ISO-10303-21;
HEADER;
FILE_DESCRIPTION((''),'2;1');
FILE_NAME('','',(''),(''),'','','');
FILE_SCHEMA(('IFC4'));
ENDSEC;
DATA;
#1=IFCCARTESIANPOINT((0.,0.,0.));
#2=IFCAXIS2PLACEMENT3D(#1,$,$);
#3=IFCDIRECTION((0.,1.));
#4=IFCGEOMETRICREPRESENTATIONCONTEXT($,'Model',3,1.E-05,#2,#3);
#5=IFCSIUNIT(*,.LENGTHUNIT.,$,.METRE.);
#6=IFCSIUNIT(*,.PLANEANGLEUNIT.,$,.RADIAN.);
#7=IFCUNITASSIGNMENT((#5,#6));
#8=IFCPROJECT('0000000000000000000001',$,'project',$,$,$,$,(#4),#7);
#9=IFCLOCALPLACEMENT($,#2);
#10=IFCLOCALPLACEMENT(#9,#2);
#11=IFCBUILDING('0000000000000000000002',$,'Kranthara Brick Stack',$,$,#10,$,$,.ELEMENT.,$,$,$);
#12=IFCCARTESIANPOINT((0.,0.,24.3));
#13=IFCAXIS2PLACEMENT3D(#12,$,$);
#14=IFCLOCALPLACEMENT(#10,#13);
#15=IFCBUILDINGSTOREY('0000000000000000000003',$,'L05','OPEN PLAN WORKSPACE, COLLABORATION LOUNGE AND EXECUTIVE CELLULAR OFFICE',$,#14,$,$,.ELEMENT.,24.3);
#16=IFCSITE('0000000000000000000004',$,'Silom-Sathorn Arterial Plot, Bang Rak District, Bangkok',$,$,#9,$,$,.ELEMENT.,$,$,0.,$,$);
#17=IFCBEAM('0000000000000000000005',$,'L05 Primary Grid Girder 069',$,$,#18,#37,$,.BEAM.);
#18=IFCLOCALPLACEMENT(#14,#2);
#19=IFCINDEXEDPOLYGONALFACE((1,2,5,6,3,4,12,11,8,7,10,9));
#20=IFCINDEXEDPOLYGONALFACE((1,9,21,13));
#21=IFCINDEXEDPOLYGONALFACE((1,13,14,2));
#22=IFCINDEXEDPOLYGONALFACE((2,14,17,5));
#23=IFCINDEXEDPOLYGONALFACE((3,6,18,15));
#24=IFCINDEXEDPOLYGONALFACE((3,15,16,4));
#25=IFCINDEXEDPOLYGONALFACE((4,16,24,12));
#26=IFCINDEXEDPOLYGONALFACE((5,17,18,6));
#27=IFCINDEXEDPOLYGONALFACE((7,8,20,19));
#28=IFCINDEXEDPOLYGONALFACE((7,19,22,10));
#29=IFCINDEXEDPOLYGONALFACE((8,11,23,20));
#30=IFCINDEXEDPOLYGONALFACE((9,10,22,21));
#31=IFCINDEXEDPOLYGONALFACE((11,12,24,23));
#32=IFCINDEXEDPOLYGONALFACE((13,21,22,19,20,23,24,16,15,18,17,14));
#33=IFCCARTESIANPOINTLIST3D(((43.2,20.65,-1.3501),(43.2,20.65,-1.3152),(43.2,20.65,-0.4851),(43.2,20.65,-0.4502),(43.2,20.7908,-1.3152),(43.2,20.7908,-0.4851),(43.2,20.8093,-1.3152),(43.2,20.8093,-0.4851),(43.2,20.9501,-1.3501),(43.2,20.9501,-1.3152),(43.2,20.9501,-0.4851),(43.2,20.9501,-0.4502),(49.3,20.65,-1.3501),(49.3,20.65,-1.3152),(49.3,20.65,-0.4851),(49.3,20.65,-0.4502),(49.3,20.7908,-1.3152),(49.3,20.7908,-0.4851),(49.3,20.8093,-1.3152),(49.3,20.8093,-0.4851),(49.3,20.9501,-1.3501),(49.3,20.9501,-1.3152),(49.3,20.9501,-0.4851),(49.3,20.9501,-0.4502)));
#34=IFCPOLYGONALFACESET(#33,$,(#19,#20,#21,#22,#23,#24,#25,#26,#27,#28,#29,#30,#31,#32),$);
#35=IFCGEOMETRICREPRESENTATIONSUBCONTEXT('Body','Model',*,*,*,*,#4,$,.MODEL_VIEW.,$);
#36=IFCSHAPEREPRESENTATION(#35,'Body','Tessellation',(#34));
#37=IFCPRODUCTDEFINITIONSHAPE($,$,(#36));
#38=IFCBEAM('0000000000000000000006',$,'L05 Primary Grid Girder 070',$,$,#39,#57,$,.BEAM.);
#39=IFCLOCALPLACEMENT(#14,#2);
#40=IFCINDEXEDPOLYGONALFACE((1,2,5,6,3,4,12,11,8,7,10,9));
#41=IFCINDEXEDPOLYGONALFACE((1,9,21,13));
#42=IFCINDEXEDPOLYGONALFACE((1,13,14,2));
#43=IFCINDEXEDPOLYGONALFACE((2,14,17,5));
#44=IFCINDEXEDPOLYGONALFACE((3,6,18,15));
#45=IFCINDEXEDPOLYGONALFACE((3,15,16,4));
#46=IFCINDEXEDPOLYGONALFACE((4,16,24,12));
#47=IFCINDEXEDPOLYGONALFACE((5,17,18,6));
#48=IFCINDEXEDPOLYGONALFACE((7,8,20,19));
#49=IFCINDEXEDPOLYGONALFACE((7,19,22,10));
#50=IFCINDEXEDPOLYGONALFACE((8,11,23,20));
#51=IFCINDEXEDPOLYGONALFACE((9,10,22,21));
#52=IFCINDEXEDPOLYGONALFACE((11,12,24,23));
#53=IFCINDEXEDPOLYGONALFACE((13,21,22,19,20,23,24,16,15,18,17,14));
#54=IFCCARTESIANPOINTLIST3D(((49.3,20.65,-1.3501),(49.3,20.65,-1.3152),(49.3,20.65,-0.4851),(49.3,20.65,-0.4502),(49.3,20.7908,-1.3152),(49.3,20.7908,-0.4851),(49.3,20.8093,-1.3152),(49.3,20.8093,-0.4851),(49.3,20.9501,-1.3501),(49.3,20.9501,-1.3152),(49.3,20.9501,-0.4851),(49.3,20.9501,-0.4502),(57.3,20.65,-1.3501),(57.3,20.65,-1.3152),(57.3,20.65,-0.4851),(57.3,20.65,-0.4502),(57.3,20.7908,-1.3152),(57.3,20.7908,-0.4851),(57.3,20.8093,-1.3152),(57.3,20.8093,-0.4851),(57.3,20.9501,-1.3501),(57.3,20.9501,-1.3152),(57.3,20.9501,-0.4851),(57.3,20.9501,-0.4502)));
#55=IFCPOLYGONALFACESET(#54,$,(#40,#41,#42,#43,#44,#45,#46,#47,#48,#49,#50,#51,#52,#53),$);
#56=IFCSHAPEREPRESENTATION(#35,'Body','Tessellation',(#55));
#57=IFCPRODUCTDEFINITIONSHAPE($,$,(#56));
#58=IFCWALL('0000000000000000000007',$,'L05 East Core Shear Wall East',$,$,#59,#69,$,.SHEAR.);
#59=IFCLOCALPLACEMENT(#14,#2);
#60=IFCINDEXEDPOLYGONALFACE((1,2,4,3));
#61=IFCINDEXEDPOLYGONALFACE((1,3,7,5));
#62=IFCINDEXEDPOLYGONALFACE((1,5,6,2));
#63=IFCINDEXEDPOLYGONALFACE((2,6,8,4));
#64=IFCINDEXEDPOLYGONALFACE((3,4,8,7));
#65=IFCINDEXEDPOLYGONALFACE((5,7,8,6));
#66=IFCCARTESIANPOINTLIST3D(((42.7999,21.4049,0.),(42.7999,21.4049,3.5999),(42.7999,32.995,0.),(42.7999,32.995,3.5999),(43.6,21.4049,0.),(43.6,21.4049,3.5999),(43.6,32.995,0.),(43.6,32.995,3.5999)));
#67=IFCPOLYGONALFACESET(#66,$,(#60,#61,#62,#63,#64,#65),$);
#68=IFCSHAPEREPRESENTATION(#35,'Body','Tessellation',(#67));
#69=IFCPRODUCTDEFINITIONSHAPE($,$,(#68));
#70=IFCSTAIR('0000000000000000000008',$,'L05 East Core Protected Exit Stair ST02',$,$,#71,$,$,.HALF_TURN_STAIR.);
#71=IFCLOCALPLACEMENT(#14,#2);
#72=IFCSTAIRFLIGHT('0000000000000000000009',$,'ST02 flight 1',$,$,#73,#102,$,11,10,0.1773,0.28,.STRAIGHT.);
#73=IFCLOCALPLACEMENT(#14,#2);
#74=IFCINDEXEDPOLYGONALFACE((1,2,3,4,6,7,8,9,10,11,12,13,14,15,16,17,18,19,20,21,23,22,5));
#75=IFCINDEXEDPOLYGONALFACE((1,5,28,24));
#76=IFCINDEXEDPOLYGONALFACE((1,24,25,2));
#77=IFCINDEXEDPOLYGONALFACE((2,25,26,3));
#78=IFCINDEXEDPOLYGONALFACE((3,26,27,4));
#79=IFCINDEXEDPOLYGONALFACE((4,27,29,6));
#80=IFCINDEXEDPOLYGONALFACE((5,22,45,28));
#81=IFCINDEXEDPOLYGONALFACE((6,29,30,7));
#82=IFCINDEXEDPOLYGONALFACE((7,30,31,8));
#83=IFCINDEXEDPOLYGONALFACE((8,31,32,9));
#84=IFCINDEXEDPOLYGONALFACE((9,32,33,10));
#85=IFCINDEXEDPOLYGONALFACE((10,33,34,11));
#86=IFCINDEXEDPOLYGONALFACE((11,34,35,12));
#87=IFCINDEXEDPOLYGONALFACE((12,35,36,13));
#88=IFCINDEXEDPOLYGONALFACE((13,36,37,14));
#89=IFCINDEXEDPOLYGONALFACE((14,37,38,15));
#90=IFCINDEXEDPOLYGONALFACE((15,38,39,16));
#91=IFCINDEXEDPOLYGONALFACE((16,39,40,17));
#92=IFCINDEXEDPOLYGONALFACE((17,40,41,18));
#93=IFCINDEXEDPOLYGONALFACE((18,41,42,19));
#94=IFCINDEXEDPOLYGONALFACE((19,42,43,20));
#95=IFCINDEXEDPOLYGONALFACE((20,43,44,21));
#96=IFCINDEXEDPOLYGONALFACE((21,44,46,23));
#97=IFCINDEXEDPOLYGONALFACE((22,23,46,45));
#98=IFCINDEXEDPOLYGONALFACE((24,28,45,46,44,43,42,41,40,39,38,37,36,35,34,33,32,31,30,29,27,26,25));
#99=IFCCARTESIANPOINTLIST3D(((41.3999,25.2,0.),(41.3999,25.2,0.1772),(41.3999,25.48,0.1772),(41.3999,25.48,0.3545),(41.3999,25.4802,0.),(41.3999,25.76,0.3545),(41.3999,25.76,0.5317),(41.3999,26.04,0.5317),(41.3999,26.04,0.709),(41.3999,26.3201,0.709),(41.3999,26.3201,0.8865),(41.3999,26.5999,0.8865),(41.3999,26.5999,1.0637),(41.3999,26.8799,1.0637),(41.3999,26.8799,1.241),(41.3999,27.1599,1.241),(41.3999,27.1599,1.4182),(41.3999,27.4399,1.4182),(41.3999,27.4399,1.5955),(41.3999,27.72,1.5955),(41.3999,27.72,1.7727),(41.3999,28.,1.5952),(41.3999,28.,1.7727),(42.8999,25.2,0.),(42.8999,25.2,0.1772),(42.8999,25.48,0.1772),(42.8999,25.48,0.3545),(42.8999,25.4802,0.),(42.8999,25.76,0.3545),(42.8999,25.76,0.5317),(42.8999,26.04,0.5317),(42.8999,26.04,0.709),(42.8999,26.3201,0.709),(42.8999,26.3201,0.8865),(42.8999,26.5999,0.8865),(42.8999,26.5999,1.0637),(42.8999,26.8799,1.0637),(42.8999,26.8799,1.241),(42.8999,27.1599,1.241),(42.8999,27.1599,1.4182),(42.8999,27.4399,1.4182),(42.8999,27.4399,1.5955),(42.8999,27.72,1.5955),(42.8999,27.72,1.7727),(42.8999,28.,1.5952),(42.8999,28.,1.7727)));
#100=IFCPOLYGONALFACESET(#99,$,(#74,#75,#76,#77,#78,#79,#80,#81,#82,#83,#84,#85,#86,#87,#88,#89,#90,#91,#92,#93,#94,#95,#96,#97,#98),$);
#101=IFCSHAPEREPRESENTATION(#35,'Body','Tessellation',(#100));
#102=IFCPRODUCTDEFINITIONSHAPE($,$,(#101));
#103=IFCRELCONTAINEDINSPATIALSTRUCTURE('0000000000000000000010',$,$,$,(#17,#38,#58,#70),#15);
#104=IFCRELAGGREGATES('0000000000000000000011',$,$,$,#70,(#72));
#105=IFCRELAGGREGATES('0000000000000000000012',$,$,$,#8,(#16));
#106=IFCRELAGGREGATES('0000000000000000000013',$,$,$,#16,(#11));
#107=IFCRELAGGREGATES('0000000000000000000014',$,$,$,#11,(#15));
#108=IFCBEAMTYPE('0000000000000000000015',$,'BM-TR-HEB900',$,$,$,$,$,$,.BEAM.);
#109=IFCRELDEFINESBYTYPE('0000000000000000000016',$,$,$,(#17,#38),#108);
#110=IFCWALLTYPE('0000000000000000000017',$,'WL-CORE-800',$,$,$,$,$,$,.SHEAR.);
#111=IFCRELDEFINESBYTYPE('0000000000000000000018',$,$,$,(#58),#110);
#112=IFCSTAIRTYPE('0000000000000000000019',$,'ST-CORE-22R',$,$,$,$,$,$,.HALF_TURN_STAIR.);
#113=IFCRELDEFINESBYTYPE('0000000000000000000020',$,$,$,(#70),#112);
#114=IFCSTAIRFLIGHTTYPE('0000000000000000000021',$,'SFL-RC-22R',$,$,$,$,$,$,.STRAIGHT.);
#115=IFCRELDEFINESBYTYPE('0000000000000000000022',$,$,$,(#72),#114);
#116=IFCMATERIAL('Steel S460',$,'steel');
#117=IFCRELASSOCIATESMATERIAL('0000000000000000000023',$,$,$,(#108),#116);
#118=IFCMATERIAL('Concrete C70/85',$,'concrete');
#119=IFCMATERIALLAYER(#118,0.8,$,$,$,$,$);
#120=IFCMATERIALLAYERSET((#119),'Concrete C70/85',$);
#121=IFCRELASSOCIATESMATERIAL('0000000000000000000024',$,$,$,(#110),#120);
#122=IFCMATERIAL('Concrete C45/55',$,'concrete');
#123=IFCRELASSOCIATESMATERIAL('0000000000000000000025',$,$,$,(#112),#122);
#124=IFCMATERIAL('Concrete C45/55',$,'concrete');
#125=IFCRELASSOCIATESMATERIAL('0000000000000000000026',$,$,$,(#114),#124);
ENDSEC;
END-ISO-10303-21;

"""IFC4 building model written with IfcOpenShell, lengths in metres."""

from ifc_helpers import new_model, si_unit, direction, frame, frame_2d, origin, origin_2d, place, context, subcontext, project, spatial, polyline, rectangle, i_section, outline, extrude, material, layer, layer_set, material_profile, profile_set, type_object, element, aggregate, save


model = new_model("IFC4")

# Units and contexts
model_context = context("Model", 3, precision=1e-05, world=origin(), true_north=direction((0.0, 1.0)))
body_context = subcontext(model_context, "Body", "Model", "MODEL_VIEW")
ifc_project = project(units=[si_unit("LENGTHUNIT", "METRE"), si_unit("PLANEANGLEUNIT", "RADIAN")], contexts=[model_context])

# Site, building, storey
site_placement = place(None, origin())
site = spatial("IfcSite", under=ifc_project, at=site_placement, Name="Silom-Sathorn Arterial Plot, Bang Rak District, Bangkok", CompositionType="ELEMENT", RefElevation=0.0)
building_placement = place(site_placement, origin())
building = spatial("IfcBuilding", under=site, at=building_placement, Name="Kranthara Brick Stack", CompositionType="ELEMENT")
storey_placement = place(building_placement, frame((0.0, 0.0, 24.3)))
storey = spatial("IfcBuildingStorey", under=building, at=storey_placement, Name="L05", Description="OPEN PLAN WORKSPACE, COLLABORATION LOUNGE AND EXECUTIVE CELLULAR OFFICE", CompositionType="ELEMENT", Elevation=24.3)

# Beams
ifc_material_1 = material(Name="Steel S460", Category="steel")
ifc_material_profile_1 = material_profile(ifc_material_1, i_section(OverallWidth=0.3, OverallDepth=0.8999, WebThickness=0.0186, FlangeThickness=0.0349, at=origin_2d()), Name="HEB 900")
ifc_profile_set_1 = profile_set([ifc_material_profile_1], Name="Steel S460")
beam_type_1 = type_object("IfcBeamType", Name="BM-TR-HEB900", PredefinedType="BEAM", material=ifc_profile_set_1)
beam_1_placement = place(storey_placement, frame((43.2, 20.8, -0.9001), z_axis=(1.0, 0.0, 0.0), x_axis=(0.0, 1.0, 0.0)))
element("IfcBeam", 1, at=beam_1_placement, inside=storey, type_object=beam_type_1, Name="L05 Primary Grid Girder 069", PredefinedType="BEAM", context=body_context, shape_type="SweptSolid", body=[
    extrude(i_section(OverallWidth=0.3, OverallDepth=0.8999, WebThickness=0.0186, FlangeThickness=0.0349, at=origin_2d()), origin(), (0.0, 0.0, 1.0), 6.1001),
])
beam_2_placement = place(storey_placement, frame((49.3, 20.8, -0.9001), z_axis=(1.0, 0.0, 0.0), x_axis=(0.0, 1.0, 0.0)))
element("IfcBeam", 2, at=beam_2_placement, inside=storey, type_object=beam_type_1, Name="L05 Primary Grid Girder 070", PredefinedType="BEAM", context=body_context, shape_type="SweptSolid", body=[
    extrude(i_section(OverallWidth=0.3, OverallDepth=0.8999, WebThickness=0.0186, FlangeThickness=0.0349, at=origin_2d()), origin(), (0.0, 0.0, 1.0), 8.0),
])

# Wall
ifc_material_2 = material(Name="Concrete C70/85", Category="concrete")
ifc_layer = layer(ifc_material_2, 0.8)
ifc_layer_set = layer_set([ifc_layer], Name="Concrete C70/85")
wall_type = type_object("IfcWallType", Name="WL-CORE-800", PredefinedType="SHEAR", material=ifc_layer_set)
wall_placement = place(storey_placement, frame((43.2, 21.405, 0.0), z_axis=(0.0, 0.0, 1.0), x_axis=(0.0, 1.0, 0.0)))
element("IfcWall", 3, at=wall_placement, inside=storey, type_object=wall_type, Name="L05 East Core Shear Wall East", PredefinedType="SHEAR", context=body_context, shape_type="SweptSolid", body=[
    extrude(rectangle(XDim=11.5901, YDim=0.8, at=frame_2d((5.7949, 0.0))), origin(), (0.0, 0.0, 1.0), 3.5999),
])

# Stair, stair flight
ifc_material_3 = material(Name="Concrete C45/55", Category="concrete")
stair_type = type_object("IfcStairType", Name="ST-CORE-22R", PredefinedType="HALF_TURN_STAIR", material=ifc_material_3)
stair_placement = place(storey_placement, origin())
stair = element("IfcStair", 4, at=stair_placement, inside=storey, type_object=stair_type, Name="L05 East Core Protected Exit Stair ST02", PredefinedType="HALF_TURN_STAIR")
ifc_material_4 = material(Name="Concrete C45/55", Category="concrete")
stair_flight_type = type_object("IfcStairFlightType", Name="SFL-RC-22R", PredefinedType="STRAIGHT", material=ifc_material_4)
stair_flight_placement = place(storey_placement, frame((42.1499, 25.2, 0.0), z_axis=(0.0, 0.0, 1.0), x_axis=(0.0, 1.0, 0.0)))
stair_flight = element("IfcStairFlight", 5, at=stair_flight_placement, type_object=stair_flight_type, Name="ST02 flight 1", NumberOfRisers=11, NumberOfTreads=10, PredefinedType="STRAIGHT", RiserHeight=0.1773, TreadLength=0.28, context=body_context, shape_type="SweptSolid", body=[
    extrude(outline(polyline([(0.0, 0.0), (0.0, 0.1772), (0.28, 0.1772), (0.28, 0.3545), (0.5601, 0.3545), (0.5601, 0.5317), (0.8401, 0.5317), (0.8401, 0.709), (1.1201, 0.709), (1.1201, 0.8865), (1.3999, 0.8865), (1.3999, 1.0637), (1.6799, 1.0637), (1.6799, 1.241), (1.96, 1.241), (1.96, 1.4182), (2.24, 1.4182), (2.24, 1.5955), (2.52, 1.5955), (2.52, 1.7727), (2.8, 1.7727), (2.8, 1.95), (2.8, 1.5952), (0.2803, 0.0), (0.0, 0.0)])), frame((0.0, 0.75, 0.0), z_axis=(0.0, -1.0, 0.0), x_axis=(1.0, 0.0, 0.0)), (0.0, 0.0, 1.0), 1.5),
])
aggregate(stair, [stair_flight])

save(model, "model.ifc")
